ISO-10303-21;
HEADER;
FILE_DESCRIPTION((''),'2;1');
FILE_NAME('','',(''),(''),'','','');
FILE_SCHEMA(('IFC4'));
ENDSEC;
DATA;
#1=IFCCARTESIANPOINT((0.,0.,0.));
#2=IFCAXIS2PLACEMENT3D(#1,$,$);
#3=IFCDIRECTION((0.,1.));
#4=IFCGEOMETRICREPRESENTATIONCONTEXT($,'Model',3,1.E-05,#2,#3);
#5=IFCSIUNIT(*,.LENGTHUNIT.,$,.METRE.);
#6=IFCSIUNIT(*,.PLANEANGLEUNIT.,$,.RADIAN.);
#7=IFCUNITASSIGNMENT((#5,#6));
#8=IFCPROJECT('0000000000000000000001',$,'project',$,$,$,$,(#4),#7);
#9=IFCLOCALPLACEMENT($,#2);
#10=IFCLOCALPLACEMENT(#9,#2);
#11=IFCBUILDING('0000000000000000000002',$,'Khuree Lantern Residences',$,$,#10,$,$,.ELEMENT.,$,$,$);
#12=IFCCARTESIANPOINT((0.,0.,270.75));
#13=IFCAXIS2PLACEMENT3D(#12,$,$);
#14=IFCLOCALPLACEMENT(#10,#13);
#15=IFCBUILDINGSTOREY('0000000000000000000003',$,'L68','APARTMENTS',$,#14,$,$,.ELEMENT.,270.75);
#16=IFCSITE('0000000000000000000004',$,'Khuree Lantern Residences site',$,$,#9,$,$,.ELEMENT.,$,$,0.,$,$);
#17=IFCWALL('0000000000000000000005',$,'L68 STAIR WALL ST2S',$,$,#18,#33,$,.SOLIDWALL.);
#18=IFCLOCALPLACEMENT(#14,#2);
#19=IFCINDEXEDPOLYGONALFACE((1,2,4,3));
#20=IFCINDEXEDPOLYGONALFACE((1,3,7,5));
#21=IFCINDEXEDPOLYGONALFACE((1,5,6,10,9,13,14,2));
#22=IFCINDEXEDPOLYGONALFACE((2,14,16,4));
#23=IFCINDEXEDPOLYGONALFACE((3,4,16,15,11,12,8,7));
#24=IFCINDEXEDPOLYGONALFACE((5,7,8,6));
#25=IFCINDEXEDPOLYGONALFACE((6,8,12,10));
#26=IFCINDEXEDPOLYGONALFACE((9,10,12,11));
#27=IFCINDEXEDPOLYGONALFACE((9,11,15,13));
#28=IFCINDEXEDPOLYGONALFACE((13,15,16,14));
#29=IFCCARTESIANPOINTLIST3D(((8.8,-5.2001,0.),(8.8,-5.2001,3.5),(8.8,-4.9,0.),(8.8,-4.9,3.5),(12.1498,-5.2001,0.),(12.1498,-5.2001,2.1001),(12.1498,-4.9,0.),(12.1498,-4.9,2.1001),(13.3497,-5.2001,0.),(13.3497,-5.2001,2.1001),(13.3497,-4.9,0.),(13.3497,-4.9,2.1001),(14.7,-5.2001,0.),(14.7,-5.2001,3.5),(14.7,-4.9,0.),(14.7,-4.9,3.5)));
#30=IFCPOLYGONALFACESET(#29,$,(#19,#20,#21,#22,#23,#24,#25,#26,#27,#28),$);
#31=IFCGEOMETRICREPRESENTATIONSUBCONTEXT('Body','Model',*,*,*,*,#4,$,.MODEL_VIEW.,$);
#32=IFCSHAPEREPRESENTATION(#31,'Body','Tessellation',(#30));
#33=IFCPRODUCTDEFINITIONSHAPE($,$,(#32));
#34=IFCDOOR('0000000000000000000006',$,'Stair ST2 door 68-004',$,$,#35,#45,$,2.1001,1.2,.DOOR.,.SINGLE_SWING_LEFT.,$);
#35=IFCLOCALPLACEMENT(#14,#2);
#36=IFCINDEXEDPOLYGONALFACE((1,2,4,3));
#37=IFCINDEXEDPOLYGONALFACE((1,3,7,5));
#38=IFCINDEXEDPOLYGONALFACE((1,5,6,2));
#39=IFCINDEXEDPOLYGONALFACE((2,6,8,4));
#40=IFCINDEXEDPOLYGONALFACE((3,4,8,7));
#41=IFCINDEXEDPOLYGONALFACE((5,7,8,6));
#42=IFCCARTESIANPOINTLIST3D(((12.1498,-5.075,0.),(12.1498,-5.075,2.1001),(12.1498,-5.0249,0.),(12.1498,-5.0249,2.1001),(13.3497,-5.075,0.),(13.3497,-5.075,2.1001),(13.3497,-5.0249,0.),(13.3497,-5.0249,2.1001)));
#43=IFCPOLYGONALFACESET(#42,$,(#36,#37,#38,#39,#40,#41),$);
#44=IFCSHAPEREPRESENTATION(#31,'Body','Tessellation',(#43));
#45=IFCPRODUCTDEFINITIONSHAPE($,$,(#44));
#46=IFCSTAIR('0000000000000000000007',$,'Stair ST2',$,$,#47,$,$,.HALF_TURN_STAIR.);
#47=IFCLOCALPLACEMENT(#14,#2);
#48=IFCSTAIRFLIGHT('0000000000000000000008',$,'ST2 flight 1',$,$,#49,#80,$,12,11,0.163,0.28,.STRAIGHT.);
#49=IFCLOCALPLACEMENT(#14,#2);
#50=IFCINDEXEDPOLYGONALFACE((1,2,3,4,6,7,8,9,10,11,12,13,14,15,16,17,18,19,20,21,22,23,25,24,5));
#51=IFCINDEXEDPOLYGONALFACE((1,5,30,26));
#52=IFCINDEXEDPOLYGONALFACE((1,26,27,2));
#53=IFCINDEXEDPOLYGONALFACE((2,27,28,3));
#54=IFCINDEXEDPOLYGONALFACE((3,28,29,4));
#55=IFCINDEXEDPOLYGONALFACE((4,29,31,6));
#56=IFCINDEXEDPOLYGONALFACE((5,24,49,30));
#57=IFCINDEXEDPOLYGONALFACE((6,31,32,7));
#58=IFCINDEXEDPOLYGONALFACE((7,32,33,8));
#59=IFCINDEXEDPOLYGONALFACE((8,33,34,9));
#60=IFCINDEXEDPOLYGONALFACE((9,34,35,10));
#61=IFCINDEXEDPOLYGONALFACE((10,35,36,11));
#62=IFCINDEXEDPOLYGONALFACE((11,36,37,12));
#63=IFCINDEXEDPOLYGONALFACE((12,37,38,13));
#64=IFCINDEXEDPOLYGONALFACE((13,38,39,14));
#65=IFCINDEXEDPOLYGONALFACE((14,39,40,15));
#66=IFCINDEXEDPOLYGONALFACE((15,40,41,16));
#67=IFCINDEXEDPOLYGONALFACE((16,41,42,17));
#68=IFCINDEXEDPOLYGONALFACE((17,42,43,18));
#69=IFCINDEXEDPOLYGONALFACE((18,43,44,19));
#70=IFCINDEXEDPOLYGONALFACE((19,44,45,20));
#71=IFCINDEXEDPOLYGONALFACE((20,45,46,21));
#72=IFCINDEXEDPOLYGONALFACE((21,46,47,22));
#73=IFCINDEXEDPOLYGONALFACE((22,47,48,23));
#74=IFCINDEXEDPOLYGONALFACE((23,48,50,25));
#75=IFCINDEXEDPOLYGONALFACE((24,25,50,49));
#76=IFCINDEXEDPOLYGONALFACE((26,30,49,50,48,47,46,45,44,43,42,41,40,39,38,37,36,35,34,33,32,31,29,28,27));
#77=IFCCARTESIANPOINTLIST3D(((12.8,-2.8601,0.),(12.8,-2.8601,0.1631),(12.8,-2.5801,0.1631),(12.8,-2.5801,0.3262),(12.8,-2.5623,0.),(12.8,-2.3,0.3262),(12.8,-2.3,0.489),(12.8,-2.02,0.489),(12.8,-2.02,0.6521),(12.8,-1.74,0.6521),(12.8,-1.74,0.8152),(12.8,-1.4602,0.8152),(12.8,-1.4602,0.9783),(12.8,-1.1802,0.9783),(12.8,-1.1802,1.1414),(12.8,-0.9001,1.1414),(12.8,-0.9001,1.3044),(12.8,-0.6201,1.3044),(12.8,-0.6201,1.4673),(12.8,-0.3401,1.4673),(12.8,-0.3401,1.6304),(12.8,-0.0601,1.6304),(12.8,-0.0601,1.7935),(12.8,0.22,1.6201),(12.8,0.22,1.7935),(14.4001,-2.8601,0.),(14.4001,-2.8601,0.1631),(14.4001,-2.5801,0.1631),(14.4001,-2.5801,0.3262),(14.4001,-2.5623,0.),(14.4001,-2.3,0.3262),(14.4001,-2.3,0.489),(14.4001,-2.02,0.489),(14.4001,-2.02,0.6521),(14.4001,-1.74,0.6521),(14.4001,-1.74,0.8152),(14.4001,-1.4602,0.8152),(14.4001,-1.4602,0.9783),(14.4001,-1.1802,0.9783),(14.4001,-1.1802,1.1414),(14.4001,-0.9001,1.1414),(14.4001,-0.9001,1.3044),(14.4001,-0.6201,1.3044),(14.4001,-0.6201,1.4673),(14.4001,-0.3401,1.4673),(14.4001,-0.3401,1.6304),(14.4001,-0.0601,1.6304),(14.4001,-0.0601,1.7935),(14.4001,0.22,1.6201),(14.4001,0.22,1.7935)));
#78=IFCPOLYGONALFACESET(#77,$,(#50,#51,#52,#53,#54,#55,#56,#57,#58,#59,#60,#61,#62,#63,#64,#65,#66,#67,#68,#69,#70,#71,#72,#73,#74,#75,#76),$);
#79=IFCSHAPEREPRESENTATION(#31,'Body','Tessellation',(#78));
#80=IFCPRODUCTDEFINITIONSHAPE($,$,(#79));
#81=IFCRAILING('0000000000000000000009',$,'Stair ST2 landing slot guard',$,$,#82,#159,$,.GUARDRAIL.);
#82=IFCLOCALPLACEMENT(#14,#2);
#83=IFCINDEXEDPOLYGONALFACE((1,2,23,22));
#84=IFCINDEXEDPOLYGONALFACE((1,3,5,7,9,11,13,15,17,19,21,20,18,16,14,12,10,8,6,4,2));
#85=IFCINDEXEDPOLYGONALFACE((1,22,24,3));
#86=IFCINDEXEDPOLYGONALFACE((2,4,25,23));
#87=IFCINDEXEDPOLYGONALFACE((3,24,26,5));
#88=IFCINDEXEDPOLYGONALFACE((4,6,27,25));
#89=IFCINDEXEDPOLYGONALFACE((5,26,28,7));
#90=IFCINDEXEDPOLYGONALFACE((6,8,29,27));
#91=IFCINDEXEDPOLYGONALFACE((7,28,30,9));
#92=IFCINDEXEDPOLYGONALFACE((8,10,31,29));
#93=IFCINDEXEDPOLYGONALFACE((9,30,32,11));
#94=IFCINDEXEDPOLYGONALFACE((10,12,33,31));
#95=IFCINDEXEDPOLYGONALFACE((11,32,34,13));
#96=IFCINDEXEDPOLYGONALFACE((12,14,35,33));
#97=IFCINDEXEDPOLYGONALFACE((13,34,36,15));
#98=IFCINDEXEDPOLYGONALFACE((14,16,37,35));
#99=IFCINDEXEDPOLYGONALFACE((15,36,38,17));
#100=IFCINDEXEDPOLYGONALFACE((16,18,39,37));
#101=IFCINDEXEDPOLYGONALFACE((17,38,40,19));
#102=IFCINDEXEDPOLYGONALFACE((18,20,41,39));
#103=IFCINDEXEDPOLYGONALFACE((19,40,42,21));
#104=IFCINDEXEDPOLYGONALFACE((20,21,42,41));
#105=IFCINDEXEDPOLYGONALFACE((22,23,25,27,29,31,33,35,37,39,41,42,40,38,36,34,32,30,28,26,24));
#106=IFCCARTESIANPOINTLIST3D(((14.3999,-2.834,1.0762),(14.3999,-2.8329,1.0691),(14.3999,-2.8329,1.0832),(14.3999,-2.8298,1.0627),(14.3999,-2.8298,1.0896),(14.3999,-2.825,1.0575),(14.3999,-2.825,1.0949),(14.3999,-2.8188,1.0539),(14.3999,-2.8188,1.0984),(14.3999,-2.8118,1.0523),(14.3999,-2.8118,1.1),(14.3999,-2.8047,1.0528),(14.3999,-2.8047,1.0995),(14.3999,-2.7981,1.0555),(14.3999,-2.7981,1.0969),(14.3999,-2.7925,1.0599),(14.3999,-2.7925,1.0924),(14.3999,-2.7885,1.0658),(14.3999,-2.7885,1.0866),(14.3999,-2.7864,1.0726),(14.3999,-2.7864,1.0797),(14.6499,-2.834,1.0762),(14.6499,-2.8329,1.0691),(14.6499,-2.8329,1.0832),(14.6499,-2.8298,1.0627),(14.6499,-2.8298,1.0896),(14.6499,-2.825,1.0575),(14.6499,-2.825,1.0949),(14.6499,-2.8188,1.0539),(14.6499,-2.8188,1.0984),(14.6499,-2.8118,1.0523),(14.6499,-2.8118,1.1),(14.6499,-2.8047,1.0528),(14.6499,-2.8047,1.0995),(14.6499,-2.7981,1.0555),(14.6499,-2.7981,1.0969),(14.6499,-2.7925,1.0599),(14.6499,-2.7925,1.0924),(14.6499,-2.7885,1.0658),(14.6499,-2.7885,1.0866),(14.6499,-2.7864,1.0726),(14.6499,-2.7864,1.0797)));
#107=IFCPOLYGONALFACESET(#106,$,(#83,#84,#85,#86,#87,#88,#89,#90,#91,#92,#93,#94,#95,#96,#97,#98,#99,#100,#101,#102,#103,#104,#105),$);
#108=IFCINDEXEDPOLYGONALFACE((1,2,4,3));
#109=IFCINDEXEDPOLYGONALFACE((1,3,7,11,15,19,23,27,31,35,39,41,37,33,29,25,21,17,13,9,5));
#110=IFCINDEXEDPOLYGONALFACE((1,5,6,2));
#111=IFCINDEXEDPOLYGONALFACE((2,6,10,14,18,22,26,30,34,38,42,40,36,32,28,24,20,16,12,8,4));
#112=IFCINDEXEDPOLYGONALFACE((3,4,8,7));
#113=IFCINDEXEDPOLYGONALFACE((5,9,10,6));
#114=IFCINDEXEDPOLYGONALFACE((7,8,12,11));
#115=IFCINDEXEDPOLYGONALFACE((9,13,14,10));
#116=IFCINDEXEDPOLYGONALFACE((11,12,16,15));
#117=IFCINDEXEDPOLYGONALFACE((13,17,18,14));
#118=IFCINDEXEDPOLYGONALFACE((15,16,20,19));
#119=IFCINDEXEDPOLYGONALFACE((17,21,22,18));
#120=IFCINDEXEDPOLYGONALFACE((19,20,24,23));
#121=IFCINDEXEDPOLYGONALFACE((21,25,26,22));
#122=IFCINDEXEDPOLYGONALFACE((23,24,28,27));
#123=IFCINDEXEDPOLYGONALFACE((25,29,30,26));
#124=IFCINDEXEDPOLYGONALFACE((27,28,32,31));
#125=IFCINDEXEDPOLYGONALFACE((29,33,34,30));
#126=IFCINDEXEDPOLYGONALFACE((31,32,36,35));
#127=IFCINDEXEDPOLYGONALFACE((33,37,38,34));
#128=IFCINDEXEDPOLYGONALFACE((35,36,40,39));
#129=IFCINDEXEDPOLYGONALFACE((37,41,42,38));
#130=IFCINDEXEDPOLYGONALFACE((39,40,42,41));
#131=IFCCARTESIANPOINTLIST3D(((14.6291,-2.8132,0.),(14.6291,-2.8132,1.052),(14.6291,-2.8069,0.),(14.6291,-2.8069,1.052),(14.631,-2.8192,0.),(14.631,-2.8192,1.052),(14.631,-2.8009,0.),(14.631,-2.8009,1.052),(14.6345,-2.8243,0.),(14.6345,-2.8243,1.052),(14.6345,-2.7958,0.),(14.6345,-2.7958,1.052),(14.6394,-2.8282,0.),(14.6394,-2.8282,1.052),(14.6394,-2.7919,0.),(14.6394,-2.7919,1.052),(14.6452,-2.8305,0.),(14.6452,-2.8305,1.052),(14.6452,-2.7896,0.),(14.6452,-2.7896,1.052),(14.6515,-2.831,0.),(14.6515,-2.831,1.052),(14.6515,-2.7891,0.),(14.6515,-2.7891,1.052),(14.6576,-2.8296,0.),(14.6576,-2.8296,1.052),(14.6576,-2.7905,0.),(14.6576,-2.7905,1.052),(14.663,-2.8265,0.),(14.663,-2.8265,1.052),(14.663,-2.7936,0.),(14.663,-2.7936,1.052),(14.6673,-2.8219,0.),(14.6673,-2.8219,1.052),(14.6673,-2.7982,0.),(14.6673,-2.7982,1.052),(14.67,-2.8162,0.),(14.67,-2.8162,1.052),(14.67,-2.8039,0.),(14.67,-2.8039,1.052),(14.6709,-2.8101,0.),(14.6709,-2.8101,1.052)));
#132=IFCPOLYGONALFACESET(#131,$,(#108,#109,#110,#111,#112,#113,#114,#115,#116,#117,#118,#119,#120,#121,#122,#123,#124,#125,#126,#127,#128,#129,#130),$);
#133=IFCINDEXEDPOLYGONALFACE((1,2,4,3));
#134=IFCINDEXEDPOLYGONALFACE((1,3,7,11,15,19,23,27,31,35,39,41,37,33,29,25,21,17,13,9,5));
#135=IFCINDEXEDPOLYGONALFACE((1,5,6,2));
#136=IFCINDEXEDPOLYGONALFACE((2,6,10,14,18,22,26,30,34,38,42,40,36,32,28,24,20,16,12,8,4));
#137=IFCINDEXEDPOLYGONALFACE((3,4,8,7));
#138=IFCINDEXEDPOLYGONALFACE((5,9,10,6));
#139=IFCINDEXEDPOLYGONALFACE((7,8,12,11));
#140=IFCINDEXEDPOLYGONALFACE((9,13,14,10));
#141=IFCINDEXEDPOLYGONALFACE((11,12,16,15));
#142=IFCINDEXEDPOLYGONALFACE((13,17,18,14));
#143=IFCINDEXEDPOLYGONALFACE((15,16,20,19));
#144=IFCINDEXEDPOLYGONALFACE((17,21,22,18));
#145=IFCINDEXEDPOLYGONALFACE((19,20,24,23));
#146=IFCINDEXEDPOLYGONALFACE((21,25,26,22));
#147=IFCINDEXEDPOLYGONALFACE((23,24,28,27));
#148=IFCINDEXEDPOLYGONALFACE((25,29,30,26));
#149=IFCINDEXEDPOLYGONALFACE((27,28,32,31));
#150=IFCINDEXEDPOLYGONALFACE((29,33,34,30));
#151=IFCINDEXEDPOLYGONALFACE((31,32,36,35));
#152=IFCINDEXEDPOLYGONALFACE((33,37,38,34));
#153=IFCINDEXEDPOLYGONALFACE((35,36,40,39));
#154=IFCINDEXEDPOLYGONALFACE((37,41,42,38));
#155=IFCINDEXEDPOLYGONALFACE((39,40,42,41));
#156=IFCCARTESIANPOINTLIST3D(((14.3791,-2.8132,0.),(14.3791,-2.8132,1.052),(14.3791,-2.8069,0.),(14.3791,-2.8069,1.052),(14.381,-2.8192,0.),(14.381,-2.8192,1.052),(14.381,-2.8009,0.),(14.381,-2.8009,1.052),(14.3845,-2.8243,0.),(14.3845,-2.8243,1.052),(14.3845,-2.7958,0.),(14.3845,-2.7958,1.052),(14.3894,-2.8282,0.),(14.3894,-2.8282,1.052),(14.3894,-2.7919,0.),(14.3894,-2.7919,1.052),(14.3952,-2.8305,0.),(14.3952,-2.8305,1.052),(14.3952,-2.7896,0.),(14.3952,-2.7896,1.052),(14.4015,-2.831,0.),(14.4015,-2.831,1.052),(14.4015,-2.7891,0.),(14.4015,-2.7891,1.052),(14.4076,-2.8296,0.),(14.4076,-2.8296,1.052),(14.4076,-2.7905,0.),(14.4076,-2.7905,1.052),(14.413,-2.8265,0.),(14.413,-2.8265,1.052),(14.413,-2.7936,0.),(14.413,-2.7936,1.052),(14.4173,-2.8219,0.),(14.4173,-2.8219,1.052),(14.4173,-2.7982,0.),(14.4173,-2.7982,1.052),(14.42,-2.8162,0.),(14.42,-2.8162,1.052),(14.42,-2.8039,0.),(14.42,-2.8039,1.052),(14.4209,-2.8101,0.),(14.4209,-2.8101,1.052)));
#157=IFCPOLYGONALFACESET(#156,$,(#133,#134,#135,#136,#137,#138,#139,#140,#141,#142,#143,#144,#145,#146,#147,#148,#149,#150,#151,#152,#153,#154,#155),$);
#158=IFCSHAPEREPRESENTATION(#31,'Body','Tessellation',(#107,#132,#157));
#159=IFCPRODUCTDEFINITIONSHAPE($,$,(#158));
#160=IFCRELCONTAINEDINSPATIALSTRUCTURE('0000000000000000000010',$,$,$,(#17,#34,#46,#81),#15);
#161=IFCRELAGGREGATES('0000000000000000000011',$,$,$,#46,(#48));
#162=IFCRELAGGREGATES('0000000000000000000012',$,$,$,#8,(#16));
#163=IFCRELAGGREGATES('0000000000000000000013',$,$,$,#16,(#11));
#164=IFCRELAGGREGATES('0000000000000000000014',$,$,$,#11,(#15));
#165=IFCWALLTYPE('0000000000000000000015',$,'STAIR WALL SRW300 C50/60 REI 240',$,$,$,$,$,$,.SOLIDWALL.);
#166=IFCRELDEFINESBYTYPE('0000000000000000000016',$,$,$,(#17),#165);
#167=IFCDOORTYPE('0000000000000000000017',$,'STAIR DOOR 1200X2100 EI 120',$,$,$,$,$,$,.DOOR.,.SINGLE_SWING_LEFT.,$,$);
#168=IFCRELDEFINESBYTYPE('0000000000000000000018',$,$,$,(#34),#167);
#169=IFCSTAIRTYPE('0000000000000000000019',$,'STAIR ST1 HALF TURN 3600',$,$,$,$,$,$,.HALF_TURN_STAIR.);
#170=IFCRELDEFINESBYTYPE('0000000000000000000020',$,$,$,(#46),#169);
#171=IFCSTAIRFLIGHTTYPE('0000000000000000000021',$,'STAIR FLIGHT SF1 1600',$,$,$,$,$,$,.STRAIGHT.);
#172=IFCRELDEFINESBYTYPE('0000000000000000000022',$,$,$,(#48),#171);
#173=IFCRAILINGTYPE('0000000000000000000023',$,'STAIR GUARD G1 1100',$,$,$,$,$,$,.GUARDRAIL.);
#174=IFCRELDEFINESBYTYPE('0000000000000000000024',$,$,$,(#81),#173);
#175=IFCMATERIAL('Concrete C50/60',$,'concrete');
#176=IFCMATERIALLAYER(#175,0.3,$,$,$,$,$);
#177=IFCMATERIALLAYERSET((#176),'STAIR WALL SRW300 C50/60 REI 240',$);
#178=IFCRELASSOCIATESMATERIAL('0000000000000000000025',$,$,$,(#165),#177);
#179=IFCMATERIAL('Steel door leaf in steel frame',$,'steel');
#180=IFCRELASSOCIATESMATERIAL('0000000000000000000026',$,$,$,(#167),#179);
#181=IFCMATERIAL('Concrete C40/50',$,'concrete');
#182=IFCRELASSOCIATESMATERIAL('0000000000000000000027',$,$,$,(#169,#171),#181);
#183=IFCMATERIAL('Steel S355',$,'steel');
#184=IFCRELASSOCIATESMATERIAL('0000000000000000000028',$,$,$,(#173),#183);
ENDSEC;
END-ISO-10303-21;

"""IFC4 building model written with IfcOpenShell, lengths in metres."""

from ifc_helpers import new_model, si_unit, direction, frame, frame_2d, origin, origin_2d, place, context, subcontext, project, spatial, polyline, rectangle, circle, outline, extrude, material, layer, layer_set, type_object, element, fill, aggregate, save


model = new_model("IFC4")

# Units and contexts
model_context = context("Model", 3, precision=1e-05, world=origin(), true_north=direction((0.0, 1.0)))
body_context = subcontext(model_context, "Body", "Model", "MODEL_VIEW")
ifc_project = project(units=[si_unit("LENGTHUNIT", "METRE"), si_unit("PLANEANGLEUNIT", "RADIAN")], contexts=[model_context])

# Site, building, storey
site_placement = place(None, origin())
site = spatial("IfcSite", under=ifc_project, at=site_placement, Name="Khuree Lantern Residences site", CompositionType="ELEMENT", RefElevation=0.0)
building_placement = place(site_placement, origin())
building = spatial("IfcBuilding", under=site, at=building_placement, Name="Khuree Lantern Residences", CompositionType="ELEMENT")
storey_placement = place(building_placement, frame((0.0, 0.0, 270.75)))
storey = spatial("IfcBuildingStorey", under=building, at=storey_placement, Name="L68", Description="APARTMENTS", CompositionType="ELEMENT", Elevation=270.75)

# Shared definitions
ifc_material_1 = material(Name="Concrete C50/60", Category="concrete")

# Shared definitions
ifc_material_2 = material(Name="Steel door leaf in steel frame", Category="steel")

# Shared definitions
ifc_layer_1 = layer(ifc_material_1, 0.3)
ifc_layer_set_1 = layer_set([ifc_layer_1], Name="STAIR WALL SRW300 C50/60 REI 240")
wall_type_1 = type_object("IfcWallType", Name="STAIR WALL SRW300 C50/60 REI 240", PredefinedType="SOLIDWALL", material=ifc_layer_set_1)

# Wall, opening, door
wall_1_placement = place(storey_placement, frame((14.7, -5.05, 0.0), z_axis=(0.0, 0.0, 1.0), x_axis=(-1.0, 0.0, 0.0)))
wall_1 = element("IfcWall", 1, at=wall_1_placement, inside=storey, type_object=wall_type_1, Name="L68 STAIR WALL ST2S", PredefinedType="SOLIDWALL", context=body_context, shape_type="SweptSolid", body=[
    extrude(rectangle(XDim=5.8999, YDim=0.3, at=frame_2d((2.95, 0.0))), origin(), (0.0, 0.0, 1.0), 3.5),
])
opening_1_placement = place(wall_1_placement, frame((1.3501, 0.0, 0.0)))
opening_1 = element("IfcOpeningElement", 2, at=opening_1_placement, cuts=wall_1, PredefinedType="OPENING", context=body_context, shape_type="SweptSolid", body=[
    extrude(rectangle(XDim=1.2, YDim=2.1001, at=frame_2d((0.6001, 1.05))), frame((0.0, 0.1602, 0.0), z_axis=(0.0, -1.0, 0.0), x_axis=(1.0, 0.0, 0.0)), (0.0, 0.0, 1.0), 0.3201),
])
door_type_1 = type_object("IfcDoorType", Name="STAIR DOOR 1200X2100 EI 120", OperationType="SINGLE_SWING_LEFT", PredefinedType="DOOR", material=ifc_material_2)
door_1_placement = place(opening_1_placement, origin())
door_1 = element("IfcDoor", 3, at=door_1_placement, inside=storey, type_object=door_type_1, Name="Stair ST2 door 68-004", OperationType="SINGLE_SWING_LEFT", OverallHeight=2.1001, OverallWidth=1.2, PredefinedType="DOOR", context=body_context, shape_type="SweptSolid", body=[
    extrude(rectangle(XDim=1.2, YDim=2.1001, at=frame_2d((0.6001, 1.05))), frame((0.0, 0.0249, 0.0), z_axis=(0.0, -1.0, 0.0), x_axis=(1.0, 0.0, 0.0)), (0.0, 0.0, 1.0), 0.05),
])
fill(opening_1, door_1)

# Stair, stair flight
ifc_material_3 = material(Name="Concrete C40/50", Category="concrete")
stair_type = type_object("IfcStairType", Name="STAIR ST1 HALF TURN 3600", PredefinedType="HALF_TURN_STAIR", material=ifc_material_3)
stair_placement = place(storey_placement, origin())
stair = element("IfcStair", 4, at=stair_placement, inside=storey, type_object=stair_type, Name="Stair ST2", PredefinedType="HALF_TURN_STAIR")
stair_flight_type = type_object("IfcStairFlightType", Name="STAIR FLIGHT SF1 1600", PredefinedType="STRAIGHT", material=ifc_material_3)
stair_flight_placement = place(storey_placement, frame((13.6001, -2.8601, 0.0), z_axis=(0.0, 0.0, 1.0), x_axis=(0.0, 1.0, 0.0)))
stair_flight = element("IfcStairFlight", 5, at=stair_flight_placement, type_object=stair_flight_type, Name="ST2 flight 1", NumberOfRisers=12, NumberOfTreads=11, PredefinedType="STRAIGHT", RiserHeight=0.163, TreadLength=0.28, context=body_context, shape_type="SweptSolid", body=[
    extrude(outline(polyline([(0.0, 0.0), (0.0, 0.1631), (0.28, 0.1631), (0.28, 0.3262), (0.5601, 0.3262), (0.5601, 0.489), (0.8401, 0.489), (0.8401, 0.6521), (1.1201, 0.6521), (1.1201, 0.8152), (1.3999, 0.8152), (1.3999, 0.9783), (1.6799, 0.9783), (1.6799, 1.1414), (1.96, 1.1414), (1.96, 1.3044), (2.24, 1.3044), (2.24, 1.4673), (2.52, 1.4673), (2.52, 1.6304), (2.8, 1.6304), (2.8, 1.7935), (3.0801, 1.7935), (3.0801, 1.9565), (3.0801, 1.6201), (0.2979, 0.0), (0.0, 0.0)])), frame((0.0, 0.8, 0.0), z_axis=(0.0, -1.0, 0.0), x_axis=(1.0, 0.0, 0.0)), (0.0, 0.0, 1.0), 1.6001),
])
aggregate(stair, [stair_flight])

# Railing
ifc_material_4 = material(Name="Steel S355", Category="steel")
railing_type_1 = type_object("IfcRailingType", Name="STAIR GUARD G1 1100", PredefinedType="GUARDRAIL", material=ifc_material_4)
railing_1_placement = place(storey_placement, frame((14.6499, -2.8101, 0.0)))
element("IfcRailing", 6, at=railing_1_placement, inside=storey, type_object=railing_type_1, Name="Stair ST2 landing slot guard", PredefinedType="GUARDRAIL", context=body_context, shape_type="SweptSolid", body=[
    extrude(circle(Radius=0.0239, at=origin_2d()), frame((0.0, 0.0, 1.0762), z_axis=(-1.0, 0.0, 0.0), x_axis=(0.0, -1.0, 0.0)), (0.0, 0.0, 1.0), 0.25),
    extrude(circle(Radius=0.021, at=origin_2d()), origin(), (0.0, 0.0, 1.0), 1.052),
    extrude(circle(Radius=0.021, at=origin_2d()), frame((-0.25, 0.0, 0.0)), (0.0, 0.0, 1.0), 1.052),
])

save(model, "model.ifc")
